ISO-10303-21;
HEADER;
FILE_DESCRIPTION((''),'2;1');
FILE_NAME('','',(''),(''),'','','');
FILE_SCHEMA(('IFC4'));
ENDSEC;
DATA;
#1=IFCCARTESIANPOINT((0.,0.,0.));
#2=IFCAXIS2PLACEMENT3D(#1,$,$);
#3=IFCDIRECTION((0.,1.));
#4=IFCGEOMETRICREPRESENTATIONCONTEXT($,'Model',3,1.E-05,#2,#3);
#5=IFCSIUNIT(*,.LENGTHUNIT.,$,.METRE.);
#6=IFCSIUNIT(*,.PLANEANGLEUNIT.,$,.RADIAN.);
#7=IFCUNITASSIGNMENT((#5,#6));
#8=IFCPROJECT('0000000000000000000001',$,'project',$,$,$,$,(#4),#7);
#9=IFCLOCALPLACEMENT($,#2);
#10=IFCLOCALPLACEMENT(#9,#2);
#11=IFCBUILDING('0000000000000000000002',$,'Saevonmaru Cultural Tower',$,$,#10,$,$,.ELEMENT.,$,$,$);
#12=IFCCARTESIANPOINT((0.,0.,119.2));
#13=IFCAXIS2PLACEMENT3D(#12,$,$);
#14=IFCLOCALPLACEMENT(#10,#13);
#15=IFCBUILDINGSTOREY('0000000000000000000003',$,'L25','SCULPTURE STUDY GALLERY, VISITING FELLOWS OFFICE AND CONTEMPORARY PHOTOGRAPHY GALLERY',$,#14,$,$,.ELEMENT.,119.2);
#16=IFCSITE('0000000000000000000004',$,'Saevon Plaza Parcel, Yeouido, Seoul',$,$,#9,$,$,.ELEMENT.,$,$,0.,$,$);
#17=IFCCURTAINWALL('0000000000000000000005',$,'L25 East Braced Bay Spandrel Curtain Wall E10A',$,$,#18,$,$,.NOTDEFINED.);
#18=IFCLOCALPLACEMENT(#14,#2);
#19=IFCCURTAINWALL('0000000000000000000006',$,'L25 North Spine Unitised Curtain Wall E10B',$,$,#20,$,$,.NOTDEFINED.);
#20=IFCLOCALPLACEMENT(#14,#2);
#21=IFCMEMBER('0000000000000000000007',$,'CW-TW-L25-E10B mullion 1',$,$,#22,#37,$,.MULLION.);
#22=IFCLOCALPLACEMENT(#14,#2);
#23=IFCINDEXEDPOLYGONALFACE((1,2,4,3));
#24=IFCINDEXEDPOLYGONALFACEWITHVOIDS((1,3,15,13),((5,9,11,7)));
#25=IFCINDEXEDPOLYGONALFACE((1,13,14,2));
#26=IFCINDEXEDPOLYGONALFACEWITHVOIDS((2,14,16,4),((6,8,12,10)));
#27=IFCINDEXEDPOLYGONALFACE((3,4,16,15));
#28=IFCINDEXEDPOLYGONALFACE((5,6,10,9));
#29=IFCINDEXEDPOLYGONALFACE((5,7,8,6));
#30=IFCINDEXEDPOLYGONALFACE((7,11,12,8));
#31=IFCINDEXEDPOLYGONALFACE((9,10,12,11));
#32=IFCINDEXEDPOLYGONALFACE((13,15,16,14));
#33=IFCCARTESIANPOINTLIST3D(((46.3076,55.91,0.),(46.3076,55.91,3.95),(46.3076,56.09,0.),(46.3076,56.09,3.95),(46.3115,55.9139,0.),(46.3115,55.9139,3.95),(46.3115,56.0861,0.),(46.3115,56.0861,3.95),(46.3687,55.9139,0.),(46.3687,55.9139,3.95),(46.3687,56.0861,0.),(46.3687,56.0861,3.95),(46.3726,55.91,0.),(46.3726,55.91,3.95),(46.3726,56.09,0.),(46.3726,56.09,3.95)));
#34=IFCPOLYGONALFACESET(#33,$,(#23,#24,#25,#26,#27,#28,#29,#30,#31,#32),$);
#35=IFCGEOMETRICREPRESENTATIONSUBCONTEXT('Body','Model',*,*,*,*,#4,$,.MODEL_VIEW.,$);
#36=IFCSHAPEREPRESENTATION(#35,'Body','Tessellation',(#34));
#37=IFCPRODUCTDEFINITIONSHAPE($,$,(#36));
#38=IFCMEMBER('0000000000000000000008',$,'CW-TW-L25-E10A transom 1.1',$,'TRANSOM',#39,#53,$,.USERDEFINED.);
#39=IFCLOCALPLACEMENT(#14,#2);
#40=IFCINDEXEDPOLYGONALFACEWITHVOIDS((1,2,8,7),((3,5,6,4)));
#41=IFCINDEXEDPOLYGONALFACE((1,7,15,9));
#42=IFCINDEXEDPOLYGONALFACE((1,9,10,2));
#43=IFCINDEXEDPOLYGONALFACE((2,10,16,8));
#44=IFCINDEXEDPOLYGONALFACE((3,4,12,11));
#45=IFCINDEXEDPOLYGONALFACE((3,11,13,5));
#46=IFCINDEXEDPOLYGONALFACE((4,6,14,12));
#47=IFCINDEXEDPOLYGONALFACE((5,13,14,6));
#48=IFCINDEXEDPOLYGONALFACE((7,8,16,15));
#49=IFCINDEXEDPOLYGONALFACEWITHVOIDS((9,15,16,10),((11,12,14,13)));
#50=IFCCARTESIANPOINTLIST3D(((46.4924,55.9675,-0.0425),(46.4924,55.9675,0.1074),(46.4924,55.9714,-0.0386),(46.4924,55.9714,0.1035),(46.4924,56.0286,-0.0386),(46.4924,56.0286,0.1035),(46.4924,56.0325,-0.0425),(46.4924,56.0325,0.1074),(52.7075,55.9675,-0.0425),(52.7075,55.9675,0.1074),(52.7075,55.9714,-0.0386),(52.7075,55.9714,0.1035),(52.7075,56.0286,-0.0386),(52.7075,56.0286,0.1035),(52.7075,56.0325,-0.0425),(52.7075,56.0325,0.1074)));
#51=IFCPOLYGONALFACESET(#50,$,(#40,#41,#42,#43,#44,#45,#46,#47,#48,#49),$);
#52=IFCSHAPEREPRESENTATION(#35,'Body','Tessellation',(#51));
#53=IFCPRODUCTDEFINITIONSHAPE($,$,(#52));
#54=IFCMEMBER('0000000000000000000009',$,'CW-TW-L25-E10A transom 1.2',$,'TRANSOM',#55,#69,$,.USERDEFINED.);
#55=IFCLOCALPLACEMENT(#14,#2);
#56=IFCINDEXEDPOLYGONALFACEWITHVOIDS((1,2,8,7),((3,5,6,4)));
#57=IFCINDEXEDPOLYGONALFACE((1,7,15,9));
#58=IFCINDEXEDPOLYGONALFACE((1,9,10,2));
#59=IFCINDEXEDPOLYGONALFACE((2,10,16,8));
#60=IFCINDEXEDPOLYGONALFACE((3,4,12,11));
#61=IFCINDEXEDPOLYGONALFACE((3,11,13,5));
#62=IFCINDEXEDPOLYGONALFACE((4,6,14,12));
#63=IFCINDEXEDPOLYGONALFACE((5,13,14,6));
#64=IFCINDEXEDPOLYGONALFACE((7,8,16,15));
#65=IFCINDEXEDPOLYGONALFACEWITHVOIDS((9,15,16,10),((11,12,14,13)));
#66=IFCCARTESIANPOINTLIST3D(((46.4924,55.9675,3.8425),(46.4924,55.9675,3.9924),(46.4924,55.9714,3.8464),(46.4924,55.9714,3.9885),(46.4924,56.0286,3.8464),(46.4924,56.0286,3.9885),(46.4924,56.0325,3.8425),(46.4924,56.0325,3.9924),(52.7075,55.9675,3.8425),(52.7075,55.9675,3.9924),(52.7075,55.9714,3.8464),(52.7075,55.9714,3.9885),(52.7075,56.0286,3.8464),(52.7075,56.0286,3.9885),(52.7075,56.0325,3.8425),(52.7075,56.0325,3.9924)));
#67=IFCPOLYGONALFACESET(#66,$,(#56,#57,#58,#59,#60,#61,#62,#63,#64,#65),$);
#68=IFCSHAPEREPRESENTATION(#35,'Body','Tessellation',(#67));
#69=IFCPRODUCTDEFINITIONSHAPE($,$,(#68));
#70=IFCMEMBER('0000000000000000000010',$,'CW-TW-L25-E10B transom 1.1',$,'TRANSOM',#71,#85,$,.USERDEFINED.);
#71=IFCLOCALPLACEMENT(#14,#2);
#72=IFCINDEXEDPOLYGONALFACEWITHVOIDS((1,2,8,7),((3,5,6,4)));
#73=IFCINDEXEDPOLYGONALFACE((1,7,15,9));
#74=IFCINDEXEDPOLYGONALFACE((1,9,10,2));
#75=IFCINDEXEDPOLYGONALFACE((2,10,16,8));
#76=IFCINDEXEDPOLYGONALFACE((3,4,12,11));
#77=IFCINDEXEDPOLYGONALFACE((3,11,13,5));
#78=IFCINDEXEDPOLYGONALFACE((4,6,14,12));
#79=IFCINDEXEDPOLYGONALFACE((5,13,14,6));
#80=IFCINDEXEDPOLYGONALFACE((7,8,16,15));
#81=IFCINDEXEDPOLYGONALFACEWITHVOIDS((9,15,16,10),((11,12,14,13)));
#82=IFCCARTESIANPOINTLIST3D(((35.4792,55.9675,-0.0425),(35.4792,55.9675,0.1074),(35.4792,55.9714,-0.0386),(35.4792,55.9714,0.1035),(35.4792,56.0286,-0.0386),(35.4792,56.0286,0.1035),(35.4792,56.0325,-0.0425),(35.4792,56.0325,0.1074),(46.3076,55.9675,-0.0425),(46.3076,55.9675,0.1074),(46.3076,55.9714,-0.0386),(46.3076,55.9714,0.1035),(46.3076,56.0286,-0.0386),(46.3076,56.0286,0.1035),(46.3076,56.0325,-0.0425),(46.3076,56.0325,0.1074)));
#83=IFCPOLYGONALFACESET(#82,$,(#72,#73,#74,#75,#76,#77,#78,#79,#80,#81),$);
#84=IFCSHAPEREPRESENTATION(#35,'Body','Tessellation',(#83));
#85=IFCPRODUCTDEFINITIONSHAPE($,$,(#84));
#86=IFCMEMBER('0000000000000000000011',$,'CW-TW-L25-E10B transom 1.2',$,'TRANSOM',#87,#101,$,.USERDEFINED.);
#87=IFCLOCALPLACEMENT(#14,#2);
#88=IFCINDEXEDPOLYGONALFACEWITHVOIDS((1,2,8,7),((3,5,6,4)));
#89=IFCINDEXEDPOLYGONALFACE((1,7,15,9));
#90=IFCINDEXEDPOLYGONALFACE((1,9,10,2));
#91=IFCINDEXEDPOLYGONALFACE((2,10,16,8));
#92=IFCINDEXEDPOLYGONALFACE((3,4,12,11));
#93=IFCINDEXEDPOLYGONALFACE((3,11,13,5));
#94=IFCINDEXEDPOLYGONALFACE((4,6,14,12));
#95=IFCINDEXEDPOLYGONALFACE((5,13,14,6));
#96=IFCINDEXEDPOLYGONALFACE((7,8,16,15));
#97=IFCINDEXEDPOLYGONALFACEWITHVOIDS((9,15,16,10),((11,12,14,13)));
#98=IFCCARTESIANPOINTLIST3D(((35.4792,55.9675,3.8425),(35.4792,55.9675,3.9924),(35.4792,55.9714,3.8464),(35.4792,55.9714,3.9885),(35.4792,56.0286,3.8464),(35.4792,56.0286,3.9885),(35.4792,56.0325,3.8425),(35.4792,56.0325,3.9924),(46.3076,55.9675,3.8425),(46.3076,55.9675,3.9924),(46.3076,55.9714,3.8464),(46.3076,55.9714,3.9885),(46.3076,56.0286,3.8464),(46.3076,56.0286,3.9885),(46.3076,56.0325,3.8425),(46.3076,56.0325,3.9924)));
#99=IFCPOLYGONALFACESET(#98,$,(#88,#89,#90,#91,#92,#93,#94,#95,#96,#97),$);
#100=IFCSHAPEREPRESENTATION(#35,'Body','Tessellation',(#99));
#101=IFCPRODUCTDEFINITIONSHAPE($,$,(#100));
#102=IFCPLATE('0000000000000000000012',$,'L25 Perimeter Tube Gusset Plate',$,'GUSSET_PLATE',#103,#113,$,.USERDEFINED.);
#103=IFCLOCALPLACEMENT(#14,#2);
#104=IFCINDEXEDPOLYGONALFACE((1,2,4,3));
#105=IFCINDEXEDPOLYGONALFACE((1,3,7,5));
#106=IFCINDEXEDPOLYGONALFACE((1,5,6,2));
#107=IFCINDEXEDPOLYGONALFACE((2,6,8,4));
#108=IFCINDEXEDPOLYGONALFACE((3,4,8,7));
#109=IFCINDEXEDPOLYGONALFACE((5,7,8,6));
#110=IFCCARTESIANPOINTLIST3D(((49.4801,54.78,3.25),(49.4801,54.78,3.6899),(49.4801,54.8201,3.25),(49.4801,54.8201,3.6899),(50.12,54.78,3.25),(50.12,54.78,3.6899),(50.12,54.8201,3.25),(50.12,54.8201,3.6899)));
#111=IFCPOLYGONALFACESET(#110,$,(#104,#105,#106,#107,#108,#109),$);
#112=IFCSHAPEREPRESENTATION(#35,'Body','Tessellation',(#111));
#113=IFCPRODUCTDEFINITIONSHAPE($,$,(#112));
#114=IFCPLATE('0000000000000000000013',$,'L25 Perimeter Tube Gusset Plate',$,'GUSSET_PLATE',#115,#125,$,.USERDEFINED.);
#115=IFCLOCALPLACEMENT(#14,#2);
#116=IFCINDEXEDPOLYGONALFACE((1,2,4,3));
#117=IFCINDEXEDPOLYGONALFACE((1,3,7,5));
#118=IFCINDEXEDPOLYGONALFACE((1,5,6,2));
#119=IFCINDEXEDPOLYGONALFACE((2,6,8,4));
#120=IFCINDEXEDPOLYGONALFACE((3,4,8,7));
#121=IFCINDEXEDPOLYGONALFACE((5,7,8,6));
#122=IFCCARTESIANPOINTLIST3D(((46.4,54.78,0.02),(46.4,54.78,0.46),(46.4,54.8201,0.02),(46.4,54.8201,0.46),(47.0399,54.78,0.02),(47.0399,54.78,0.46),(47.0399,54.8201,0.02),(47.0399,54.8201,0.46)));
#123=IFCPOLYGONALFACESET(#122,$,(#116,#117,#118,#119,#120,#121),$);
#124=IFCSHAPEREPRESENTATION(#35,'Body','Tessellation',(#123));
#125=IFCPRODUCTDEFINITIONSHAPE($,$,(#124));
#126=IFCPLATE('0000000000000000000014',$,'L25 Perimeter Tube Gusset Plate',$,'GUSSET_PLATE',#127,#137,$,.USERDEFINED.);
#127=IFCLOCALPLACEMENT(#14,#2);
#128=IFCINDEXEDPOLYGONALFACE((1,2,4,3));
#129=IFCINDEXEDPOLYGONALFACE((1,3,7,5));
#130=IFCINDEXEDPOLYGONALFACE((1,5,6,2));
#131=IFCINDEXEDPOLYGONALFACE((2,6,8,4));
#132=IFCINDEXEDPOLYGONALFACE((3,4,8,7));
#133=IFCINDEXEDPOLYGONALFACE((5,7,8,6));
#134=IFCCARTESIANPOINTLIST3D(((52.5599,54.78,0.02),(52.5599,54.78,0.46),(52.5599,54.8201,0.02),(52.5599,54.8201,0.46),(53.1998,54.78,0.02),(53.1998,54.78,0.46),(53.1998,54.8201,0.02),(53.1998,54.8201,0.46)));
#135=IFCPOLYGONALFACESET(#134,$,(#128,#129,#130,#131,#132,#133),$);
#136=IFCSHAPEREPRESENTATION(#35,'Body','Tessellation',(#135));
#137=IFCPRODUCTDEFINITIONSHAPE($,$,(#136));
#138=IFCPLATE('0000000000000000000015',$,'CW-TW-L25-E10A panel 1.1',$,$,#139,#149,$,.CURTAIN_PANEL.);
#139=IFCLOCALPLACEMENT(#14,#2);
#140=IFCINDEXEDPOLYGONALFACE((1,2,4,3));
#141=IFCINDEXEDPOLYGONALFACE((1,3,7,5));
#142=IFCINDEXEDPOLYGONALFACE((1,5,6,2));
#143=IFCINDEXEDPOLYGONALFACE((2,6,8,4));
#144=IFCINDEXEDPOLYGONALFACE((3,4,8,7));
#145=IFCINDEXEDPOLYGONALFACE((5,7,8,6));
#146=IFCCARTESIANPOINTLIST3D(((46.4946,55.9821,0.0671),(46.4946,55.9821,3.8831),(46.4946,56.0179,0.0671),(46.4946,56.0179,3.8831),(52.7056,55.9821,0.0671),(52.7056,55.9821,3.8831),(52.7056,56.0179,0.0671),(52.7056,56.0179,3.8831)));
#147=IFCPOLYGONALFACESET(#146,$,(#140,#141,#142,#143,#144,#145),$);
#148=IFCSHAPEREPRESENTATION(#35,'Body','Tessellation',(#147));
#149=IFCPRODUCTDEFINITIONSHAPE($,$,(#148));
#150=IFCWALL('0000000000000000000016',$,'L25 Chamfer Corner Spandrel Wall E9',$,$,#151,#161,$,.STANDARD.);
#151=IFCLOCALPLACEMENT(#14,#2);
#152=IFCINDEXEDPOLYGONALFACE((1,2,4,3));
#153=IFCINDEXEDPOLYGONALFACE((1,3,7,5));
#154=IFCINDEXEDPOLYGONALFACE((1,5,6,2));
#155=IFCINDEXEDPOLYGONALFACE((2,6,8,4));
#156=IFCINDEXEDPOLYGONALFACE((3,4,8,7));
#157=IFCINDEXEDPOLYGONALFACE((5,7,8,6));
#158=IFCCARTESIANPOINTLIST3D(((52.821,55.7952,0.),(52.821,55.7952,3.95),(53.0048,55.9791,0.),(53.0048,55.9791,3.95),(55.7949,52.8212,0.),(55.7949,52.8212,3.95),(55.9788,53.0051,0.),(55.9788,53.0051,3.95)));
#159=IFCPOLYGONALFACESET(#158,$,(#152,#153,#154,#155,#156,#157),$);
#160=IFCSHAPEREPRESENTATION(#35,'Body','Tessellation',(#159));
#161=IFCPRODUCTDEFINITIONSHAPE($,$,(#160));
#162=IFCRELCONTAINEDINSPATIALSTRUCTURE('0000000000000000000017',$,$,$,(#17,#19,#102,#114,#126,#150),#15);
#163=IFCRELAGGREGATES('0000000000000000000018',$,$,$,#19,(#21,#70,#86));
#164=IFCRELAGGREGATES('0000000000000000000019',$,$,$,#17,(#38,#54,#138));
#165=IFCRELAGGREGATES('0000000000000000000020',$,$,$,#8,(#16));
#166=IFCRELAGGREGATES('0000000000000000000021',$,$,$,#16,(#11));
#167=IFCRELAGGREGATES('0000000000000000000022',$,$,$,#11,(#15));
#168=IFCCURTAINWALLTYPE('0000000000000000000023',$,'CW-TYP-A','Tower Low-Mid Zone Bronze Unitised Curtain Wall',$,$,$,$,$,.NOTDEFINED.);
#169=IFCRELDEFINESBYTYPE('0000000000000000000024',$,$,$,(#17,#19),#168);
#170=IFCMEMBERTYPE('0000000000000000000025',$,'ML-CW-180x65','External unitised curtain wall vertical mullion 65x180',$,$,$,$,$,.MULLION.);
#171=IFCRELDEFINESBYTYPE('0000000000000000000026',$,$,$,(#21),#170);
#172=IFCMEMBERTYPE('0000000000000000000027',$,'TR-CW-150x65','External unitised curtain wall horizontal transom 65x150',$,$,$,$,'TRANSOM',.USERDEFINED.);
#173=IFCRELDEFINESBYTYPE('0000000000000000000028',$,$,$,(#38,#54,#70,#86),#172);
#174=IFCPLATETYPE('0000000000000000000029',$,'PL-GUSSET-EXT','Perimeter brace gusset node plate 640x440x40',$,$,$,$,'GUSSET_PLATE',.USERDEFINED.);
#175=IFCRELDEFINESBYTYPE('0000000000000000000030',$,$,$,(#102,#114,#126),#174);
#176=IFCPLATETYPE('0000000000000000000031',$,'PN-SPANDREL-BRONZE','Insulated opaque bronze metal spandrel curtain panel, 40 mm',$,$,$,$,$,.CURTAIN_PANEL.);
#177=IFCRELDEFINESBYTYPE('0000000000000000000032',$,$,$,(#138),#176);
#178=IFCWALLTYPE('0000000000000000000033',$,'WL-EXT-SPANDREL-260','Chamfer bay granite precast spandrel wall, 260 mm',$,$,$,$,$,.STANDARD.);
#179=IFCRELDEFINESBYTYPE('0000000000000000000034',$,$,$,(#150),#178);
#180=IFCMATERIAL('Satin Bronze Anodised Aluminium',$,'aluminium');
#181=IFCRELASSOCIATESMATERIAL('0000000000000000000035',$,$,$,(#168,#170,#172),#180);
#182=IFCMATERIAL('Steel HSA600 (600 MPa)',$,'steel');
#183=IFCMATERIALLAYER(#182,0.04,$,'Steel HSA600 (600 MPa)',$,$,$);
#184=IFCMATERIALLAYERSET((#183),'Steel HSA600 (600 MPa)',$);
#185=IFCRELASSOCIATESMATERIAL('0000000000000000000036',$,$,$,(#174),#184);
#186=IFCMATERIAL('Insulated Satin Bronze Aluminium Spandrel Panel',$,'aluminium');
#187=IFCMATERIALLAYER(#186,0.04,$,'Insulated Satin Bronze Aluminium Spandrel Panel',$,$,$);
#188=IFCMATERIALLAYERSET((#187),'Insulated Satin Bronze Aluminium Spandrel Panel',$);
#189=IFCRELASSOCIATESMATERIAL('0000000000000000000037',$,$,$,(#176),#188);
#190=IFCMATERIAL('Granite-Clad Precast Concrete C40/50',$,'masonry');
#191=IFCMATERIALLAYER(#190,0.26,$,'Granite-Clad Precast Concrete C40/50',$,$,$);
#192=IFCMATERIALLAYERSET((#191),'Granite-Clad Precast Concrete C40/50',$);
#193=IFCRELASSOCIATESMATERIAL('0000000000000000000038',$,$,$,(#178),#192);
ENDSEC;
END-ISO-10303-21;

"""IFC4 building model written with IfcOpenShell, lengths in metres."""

from ifc_helpers import new_model, si_unit, direction, frame, frame_2d, origin, origin_2d, place, context, subcontext, project, spatial, rectangle, hollow_rectangle, extrude, material, layer, layer_set, material_profile, profile_set, type_object, element, aggregate, save


model = new_model("IFC4")

# Units and contexts
model_context = context("Model", 3, precision=1e-05, world=origin(), true_north=direction((0.0, 1.0)))
body_context = subcontext(model_context, "Body", "Model", "MODEL_VIEW")
ifc_project = project(units=[si_unit("LENGTHUNIT", "METRE"), si_unit("PLANEANGLEUNIT", "RADIAN")], contexts=[model_context])

# Site, building, storey
site_placement = place(None, origin())
site = spatial("IfcSite", under=ifc_project, at=site_placement, Name="Saevon Plaza Parcel, Yeouido, Seoul", CompositionType="ELEMENT", RefElevation=0.0)
building_placement = place(site_placement, origin())
building = spatial("IfcBuilding", under=site, at=building_placement, Name="Saevonmaru Cultural Tower", CompositionType="ELEMENT")
storey_placement = place(building_placement, frame((0.0, 0.0, 119.2)))
storey = spatial("IfcBuildingStorey", under=building, at=storey_placement, Name="L25", Description="SCULPTURE STUDY GALLERY, VISITING FELLOWS OFFICE AND CONTEMPORARY PHOTOGRAPHY GALLERY", CompositionType="ELEMENT", Elevation=119.2)

# Shared definitions
ifc_material_1 = material(Name="Steel HSA600 (600 MPa)", Category="steel")

# Shared definitions
ifc_material_2 = material(Name="Satin Bronze Anodised Aluminium", Category="aluminium")
curtain_wall_type = type_object("IfcCurtainWallType", Name="CW-TYP-A", Description="Tower Low-Mid Zone Bronze Unitised Curtain Wall", PredefinedType="NOTDEFINED", material=ifc_material_2)
ifc_material_profile_1 = material_profile(ifc_material_2, hollow_rectangle(XDim=0.0649, YDim=0.1799, WallThickness=0.0039, at=origin_2d()), Name="ALU-MULL-180x65x4")
ifc_profile_set_1 = profile_set([ifc_material_profile_1], Name="Satin Bronze Anodised Aluminium")
member_type_1 = type_object("IfcMemberType", Name="ML-CW-180x65", Description="External unitised curtain wall vertical mullion 65x180", PredefinedType="MULLION", material=ifc_profile_set_1)

# Curtain wall
curtain_wall_1_placement = place(storey_placement, origin())
curtain_wall_1 = element("IfcCurtainWall", 1, at=curtain_wall_1_placement, inside=storey, type_object=curtain_wall_type, Name="L25 East Braced Bay Spandrel Curtain Wall E10A", PredefinedType="NOTDEFINED")

# Curtain wall, member
curtain_wall_2_placement = place(storey_placement, origin())
curtain_wall_2 = element("IfcCurtainWall", 2, at=curtain_wall_2_placement, inside=storey, type_object=curtain_wall_type, Name="L25 North Spine Unitised Curtain Wall E10B", PredefinedType="NOTDEFINED")
member_1_placement = place(storey_placement, frame((46.3401, 56.0, 0.0), z_axis=(0.0, 0.0, 1.0), x_axis=(-1.0, 0.0, 0.0)))
member_1 = element("IfcMember", 3, at=member_1_placement, type_object=member_type_1, Name="CW-TW-L25-E10B mullion 1", PredefinedType="MULLION", context=body_context, shape_type="SweptSolid", body=[
    extrude(hollow_rectangle(XDim=0.0649, YDim=0.1799, WallThickness=0.0039, at=origin_2d()), origin(), (0.0, 0.0, 1.0), 3.95),
])

# Members
ifc_material_profile_2 = material_profile(ifc_material_2, hollow_rectangle(XDim=0.0649, YDim=0.1499, WallThickness=0.0039, at=origin_2d()), Name="ALU-TRAN-150x65x4")
ifc_profile_set_2 = profile_set([ifc_material_profile_2], Name="Satin Bronze Anodised Aluminium")
member_type_2 = type_object("IfcMemberType", Name="TR-CW-150x65", Description="External unitised curtain wall horizontal transom 65x150", ElementType="TRANSOM", PredefinedType="USERDEFINED", material=ifc_profile_set_2)
member_2_placement = place(storey_placement, frame((52.7075, 56.0, 0.0325), z_axis=(-1.0, 0.0, 0.0), x_axis=(0.0, -1.0, 0.0)))
member_2 = element("IfcMember", 4, at=member_2_placement, type_object=member_type_2, Name="CW-TW-L25-E10A transom 1.1", ObjectType="TRANSOM", PredefinedType="USERDEFINED", context=body_context, shape_type="SweptSolid", body=[
    extrude(hollow_rectangle(XDim=0.0649, YDim=0.1499, WallThickness=0.0039, at=origin_2d()), origin(), (0.0, 0.0, 1.0), 6.2151),
])
member_3_placement = place(storey_placement, frame((52.7075, 56.0, 3.9175), z_axis=(-1.0, 0.0, 0.0), x_axis=(0.0, -1.0, 0.0)))
member_3 = element("IfcMember", 5, at=member_3_placement, type_object=member_type_2, Name="CW-TW-L25-E10A transom 1.2", ObjectType="TRANSOM", PredefinedType="USERDEFINED", context=body_context, shape_type="SweptSolid", body=[
    extrude(hollow_rectangle(XDim=0.0649, YDim=0.1499, WallThickness=0.0039, at=origin_2d()), origin(), (0.0, 0.0, 1.0), 6.2151),
])
member_4_placement = place(storey_placement, frame((46.3076, 56.0, 0.0325), z_axis=(-1.0, 0.0, 0.0), x_axis=(0.0, -1.0, 0.0)))
member_4 = element("IfcMember", 6, at=member_4_placement, type_object=member_type_2, Name="CW-TW-L25-E10B transom 1.1", ObjectType="TRANSOM", PredefinedType="USERDEFINED", context=body_context, shape_type="SweptSolid", body=[
    extrude(hollow_rectangle(XDim=0.0649, YDim=0.1499, WallThickness=0.0039, at=origin_2d()), origin(), (0.0, 0.0, 1.0), 10.8284),
])
member_5_placement = place(storey_placement, frame((46.3076, 56.0, 3.9175), z_axis=(-1.0, 0.0, 0.0), x_axis=(0.0, -1.0, 0.0)))
member_5 = element("IfcMember", 7, at=member_5_placement, type_object=member_type_2, Name="CW-TW-L25-E10B transom 1.2", ObjectType="TRANSOM", PredefinedType="USERDEFINED", context=body_context, shape_type="SweptSolid", body=[
    extrude(hollow_rectangle(XDim=0.0649, YDim=0.1499, WallThickness=0.0039, at=origin_2d()), origin(), (0.0, 0.0, 1.0), 10.8284),
])
aggregate(curtain_wall_2, [member_1, member_4, member_5])

# Plates
ifc_layer_1 = layer(ifc_material_1, 0.04, Name="Steel HSA600 (600 MPa)")
ifc_layer_set_1 = layer_set([ifc_layer_1], Name="Steel HSA600 (600 MPa)")
plate_type_1 = type_object("IfcPlateType", Name="PL-GUSSET-EXT", Description="Perimeter brace gusset node plate 640x440x40", ElementType="GUSSET_PLATE", PredefinedType="USERDEFINED", material=ifc_layer_set_1)
for number, where, z_axis, x_axis, name in (
    (8, (49.8, 54.8, 3.25), (0.0, 0.0, 1.0), (1.0, 0.0, 0.0), "L25 Perimeter Tube Gusset Plate"),
    (9, (46.72, 54.8, 0.02), (0.0, 0.0, 1.0), (1.0, 0.0, 0.0), "L25 Perimeter Tube Gusset Plate"),
    (10, (52.8799, 54.8, 0.02), (0.0, 0.0, 1.0), (1.0, 0.0, 0.0), "L25 Perimeter Tube Gusset Plate"),
):
    element("IfcPlate", number, at=place(storey_placement, frame(where, z_axis=z_axis, x_axis=x_axis)), inside=storey, type_object=plate_type_1, Name=name, ObjectType="GUSSET_PLATE", PredefinedType="USERDEFINED", context=body_context, shape_type="SweptSolid", body=[
        extrude(rectangle(XDim=0.6399, YDim=0.04, at=origin_2d()), origin(), (0.0, 0.0, 1.0), 0.4399),
    ])

# Plate
ifc_material_3 = material(Name="Insulated Satin Bronze Aluminium Spandrel Panel", Category="aluminium")
ifc_layer_2 = layer(ifc_material_3, 0.04, Name="Insulated Satin Bronze Aluminium Spandrel Panel")
ifc_layer_set_2 = layer_set([ifc_layer_2], Name="Insulated Satin Bronze Aluminium Spandrel Panel")
plate_type_2 = type_object("IfcPlateType", Name="PN-SPANDREL-BRONZE", Description="Insulated opaque bronze metal spandrel curtain panel, 40 mm", PredefinedType="CURTAIN_PANEL", material=ifc_layer_set_2)
plate_placement = place(storey_placement, frame((49.6001, 56.0, 0.0671), z_axis=(0.0, 0.0, 1.0), x_axis=(-1.0, 0.0, 0.0)))
plate = element("IfcPlate", 11, at=plate_placement, type_object=plate_type_2, Name="CW-TW-L25-E10A panel 1.1", PredefinedType="CURTAIN_PANEL", context=body_context, shape_type="SweptSolid", body=[
    extrude(rectangle(XDim=6.2109, YDim=0.0359, at=origin_2d()), origin(), (0.0, 0.0, 1.0), 3.8159),
])
aggregate(curtain_wall_1, [member_2, member_3, plate])

# Wall
ifc_material_4 = material(Name="Granite-Clad Precast Concrete C40/50", Category="masonry")
ifc_layer_3 = layer(ifc_material_4, 0.26, Name="Granite-Clad Precast Concrete C40/50")
ifc_layer_set_3 = layer_set([ifc_layer_3], Name="Granite-Clad Precast Concrete C40/50")
wall_type_1 = type_object("IfcWallType", Name="WL-EXT-SPANDREL-260", Description="Chamfer bay granite precast spandrel wall, 260 mm", PredefinedType="STANDARD", material=ifc_layer_set_3)
wall_1_placement = place(storey_placement, frame((55.887, 52.9131, 0.0), z_axis=(0.0, 0.0, 1.0), x_axis=(-0.707107, 0.707107, 0.0)))
element("IfcWall", 12, at=wall_1_placement, inside=storey, type_object=wall_type_1, Name="L25 Chamfer Corner Spandrel Wall E9", PredefinedType="STANDARD", context=body_context, shape_type="SweptSolid", body=[
    extrude(rectangle(XDim=4.2058, YDim=0.26, at=frame_2d((2.103, 0.0))), origin(), (0.0, 0.0, 1.0), 3.95),
])

save(model, "model.ifc")
